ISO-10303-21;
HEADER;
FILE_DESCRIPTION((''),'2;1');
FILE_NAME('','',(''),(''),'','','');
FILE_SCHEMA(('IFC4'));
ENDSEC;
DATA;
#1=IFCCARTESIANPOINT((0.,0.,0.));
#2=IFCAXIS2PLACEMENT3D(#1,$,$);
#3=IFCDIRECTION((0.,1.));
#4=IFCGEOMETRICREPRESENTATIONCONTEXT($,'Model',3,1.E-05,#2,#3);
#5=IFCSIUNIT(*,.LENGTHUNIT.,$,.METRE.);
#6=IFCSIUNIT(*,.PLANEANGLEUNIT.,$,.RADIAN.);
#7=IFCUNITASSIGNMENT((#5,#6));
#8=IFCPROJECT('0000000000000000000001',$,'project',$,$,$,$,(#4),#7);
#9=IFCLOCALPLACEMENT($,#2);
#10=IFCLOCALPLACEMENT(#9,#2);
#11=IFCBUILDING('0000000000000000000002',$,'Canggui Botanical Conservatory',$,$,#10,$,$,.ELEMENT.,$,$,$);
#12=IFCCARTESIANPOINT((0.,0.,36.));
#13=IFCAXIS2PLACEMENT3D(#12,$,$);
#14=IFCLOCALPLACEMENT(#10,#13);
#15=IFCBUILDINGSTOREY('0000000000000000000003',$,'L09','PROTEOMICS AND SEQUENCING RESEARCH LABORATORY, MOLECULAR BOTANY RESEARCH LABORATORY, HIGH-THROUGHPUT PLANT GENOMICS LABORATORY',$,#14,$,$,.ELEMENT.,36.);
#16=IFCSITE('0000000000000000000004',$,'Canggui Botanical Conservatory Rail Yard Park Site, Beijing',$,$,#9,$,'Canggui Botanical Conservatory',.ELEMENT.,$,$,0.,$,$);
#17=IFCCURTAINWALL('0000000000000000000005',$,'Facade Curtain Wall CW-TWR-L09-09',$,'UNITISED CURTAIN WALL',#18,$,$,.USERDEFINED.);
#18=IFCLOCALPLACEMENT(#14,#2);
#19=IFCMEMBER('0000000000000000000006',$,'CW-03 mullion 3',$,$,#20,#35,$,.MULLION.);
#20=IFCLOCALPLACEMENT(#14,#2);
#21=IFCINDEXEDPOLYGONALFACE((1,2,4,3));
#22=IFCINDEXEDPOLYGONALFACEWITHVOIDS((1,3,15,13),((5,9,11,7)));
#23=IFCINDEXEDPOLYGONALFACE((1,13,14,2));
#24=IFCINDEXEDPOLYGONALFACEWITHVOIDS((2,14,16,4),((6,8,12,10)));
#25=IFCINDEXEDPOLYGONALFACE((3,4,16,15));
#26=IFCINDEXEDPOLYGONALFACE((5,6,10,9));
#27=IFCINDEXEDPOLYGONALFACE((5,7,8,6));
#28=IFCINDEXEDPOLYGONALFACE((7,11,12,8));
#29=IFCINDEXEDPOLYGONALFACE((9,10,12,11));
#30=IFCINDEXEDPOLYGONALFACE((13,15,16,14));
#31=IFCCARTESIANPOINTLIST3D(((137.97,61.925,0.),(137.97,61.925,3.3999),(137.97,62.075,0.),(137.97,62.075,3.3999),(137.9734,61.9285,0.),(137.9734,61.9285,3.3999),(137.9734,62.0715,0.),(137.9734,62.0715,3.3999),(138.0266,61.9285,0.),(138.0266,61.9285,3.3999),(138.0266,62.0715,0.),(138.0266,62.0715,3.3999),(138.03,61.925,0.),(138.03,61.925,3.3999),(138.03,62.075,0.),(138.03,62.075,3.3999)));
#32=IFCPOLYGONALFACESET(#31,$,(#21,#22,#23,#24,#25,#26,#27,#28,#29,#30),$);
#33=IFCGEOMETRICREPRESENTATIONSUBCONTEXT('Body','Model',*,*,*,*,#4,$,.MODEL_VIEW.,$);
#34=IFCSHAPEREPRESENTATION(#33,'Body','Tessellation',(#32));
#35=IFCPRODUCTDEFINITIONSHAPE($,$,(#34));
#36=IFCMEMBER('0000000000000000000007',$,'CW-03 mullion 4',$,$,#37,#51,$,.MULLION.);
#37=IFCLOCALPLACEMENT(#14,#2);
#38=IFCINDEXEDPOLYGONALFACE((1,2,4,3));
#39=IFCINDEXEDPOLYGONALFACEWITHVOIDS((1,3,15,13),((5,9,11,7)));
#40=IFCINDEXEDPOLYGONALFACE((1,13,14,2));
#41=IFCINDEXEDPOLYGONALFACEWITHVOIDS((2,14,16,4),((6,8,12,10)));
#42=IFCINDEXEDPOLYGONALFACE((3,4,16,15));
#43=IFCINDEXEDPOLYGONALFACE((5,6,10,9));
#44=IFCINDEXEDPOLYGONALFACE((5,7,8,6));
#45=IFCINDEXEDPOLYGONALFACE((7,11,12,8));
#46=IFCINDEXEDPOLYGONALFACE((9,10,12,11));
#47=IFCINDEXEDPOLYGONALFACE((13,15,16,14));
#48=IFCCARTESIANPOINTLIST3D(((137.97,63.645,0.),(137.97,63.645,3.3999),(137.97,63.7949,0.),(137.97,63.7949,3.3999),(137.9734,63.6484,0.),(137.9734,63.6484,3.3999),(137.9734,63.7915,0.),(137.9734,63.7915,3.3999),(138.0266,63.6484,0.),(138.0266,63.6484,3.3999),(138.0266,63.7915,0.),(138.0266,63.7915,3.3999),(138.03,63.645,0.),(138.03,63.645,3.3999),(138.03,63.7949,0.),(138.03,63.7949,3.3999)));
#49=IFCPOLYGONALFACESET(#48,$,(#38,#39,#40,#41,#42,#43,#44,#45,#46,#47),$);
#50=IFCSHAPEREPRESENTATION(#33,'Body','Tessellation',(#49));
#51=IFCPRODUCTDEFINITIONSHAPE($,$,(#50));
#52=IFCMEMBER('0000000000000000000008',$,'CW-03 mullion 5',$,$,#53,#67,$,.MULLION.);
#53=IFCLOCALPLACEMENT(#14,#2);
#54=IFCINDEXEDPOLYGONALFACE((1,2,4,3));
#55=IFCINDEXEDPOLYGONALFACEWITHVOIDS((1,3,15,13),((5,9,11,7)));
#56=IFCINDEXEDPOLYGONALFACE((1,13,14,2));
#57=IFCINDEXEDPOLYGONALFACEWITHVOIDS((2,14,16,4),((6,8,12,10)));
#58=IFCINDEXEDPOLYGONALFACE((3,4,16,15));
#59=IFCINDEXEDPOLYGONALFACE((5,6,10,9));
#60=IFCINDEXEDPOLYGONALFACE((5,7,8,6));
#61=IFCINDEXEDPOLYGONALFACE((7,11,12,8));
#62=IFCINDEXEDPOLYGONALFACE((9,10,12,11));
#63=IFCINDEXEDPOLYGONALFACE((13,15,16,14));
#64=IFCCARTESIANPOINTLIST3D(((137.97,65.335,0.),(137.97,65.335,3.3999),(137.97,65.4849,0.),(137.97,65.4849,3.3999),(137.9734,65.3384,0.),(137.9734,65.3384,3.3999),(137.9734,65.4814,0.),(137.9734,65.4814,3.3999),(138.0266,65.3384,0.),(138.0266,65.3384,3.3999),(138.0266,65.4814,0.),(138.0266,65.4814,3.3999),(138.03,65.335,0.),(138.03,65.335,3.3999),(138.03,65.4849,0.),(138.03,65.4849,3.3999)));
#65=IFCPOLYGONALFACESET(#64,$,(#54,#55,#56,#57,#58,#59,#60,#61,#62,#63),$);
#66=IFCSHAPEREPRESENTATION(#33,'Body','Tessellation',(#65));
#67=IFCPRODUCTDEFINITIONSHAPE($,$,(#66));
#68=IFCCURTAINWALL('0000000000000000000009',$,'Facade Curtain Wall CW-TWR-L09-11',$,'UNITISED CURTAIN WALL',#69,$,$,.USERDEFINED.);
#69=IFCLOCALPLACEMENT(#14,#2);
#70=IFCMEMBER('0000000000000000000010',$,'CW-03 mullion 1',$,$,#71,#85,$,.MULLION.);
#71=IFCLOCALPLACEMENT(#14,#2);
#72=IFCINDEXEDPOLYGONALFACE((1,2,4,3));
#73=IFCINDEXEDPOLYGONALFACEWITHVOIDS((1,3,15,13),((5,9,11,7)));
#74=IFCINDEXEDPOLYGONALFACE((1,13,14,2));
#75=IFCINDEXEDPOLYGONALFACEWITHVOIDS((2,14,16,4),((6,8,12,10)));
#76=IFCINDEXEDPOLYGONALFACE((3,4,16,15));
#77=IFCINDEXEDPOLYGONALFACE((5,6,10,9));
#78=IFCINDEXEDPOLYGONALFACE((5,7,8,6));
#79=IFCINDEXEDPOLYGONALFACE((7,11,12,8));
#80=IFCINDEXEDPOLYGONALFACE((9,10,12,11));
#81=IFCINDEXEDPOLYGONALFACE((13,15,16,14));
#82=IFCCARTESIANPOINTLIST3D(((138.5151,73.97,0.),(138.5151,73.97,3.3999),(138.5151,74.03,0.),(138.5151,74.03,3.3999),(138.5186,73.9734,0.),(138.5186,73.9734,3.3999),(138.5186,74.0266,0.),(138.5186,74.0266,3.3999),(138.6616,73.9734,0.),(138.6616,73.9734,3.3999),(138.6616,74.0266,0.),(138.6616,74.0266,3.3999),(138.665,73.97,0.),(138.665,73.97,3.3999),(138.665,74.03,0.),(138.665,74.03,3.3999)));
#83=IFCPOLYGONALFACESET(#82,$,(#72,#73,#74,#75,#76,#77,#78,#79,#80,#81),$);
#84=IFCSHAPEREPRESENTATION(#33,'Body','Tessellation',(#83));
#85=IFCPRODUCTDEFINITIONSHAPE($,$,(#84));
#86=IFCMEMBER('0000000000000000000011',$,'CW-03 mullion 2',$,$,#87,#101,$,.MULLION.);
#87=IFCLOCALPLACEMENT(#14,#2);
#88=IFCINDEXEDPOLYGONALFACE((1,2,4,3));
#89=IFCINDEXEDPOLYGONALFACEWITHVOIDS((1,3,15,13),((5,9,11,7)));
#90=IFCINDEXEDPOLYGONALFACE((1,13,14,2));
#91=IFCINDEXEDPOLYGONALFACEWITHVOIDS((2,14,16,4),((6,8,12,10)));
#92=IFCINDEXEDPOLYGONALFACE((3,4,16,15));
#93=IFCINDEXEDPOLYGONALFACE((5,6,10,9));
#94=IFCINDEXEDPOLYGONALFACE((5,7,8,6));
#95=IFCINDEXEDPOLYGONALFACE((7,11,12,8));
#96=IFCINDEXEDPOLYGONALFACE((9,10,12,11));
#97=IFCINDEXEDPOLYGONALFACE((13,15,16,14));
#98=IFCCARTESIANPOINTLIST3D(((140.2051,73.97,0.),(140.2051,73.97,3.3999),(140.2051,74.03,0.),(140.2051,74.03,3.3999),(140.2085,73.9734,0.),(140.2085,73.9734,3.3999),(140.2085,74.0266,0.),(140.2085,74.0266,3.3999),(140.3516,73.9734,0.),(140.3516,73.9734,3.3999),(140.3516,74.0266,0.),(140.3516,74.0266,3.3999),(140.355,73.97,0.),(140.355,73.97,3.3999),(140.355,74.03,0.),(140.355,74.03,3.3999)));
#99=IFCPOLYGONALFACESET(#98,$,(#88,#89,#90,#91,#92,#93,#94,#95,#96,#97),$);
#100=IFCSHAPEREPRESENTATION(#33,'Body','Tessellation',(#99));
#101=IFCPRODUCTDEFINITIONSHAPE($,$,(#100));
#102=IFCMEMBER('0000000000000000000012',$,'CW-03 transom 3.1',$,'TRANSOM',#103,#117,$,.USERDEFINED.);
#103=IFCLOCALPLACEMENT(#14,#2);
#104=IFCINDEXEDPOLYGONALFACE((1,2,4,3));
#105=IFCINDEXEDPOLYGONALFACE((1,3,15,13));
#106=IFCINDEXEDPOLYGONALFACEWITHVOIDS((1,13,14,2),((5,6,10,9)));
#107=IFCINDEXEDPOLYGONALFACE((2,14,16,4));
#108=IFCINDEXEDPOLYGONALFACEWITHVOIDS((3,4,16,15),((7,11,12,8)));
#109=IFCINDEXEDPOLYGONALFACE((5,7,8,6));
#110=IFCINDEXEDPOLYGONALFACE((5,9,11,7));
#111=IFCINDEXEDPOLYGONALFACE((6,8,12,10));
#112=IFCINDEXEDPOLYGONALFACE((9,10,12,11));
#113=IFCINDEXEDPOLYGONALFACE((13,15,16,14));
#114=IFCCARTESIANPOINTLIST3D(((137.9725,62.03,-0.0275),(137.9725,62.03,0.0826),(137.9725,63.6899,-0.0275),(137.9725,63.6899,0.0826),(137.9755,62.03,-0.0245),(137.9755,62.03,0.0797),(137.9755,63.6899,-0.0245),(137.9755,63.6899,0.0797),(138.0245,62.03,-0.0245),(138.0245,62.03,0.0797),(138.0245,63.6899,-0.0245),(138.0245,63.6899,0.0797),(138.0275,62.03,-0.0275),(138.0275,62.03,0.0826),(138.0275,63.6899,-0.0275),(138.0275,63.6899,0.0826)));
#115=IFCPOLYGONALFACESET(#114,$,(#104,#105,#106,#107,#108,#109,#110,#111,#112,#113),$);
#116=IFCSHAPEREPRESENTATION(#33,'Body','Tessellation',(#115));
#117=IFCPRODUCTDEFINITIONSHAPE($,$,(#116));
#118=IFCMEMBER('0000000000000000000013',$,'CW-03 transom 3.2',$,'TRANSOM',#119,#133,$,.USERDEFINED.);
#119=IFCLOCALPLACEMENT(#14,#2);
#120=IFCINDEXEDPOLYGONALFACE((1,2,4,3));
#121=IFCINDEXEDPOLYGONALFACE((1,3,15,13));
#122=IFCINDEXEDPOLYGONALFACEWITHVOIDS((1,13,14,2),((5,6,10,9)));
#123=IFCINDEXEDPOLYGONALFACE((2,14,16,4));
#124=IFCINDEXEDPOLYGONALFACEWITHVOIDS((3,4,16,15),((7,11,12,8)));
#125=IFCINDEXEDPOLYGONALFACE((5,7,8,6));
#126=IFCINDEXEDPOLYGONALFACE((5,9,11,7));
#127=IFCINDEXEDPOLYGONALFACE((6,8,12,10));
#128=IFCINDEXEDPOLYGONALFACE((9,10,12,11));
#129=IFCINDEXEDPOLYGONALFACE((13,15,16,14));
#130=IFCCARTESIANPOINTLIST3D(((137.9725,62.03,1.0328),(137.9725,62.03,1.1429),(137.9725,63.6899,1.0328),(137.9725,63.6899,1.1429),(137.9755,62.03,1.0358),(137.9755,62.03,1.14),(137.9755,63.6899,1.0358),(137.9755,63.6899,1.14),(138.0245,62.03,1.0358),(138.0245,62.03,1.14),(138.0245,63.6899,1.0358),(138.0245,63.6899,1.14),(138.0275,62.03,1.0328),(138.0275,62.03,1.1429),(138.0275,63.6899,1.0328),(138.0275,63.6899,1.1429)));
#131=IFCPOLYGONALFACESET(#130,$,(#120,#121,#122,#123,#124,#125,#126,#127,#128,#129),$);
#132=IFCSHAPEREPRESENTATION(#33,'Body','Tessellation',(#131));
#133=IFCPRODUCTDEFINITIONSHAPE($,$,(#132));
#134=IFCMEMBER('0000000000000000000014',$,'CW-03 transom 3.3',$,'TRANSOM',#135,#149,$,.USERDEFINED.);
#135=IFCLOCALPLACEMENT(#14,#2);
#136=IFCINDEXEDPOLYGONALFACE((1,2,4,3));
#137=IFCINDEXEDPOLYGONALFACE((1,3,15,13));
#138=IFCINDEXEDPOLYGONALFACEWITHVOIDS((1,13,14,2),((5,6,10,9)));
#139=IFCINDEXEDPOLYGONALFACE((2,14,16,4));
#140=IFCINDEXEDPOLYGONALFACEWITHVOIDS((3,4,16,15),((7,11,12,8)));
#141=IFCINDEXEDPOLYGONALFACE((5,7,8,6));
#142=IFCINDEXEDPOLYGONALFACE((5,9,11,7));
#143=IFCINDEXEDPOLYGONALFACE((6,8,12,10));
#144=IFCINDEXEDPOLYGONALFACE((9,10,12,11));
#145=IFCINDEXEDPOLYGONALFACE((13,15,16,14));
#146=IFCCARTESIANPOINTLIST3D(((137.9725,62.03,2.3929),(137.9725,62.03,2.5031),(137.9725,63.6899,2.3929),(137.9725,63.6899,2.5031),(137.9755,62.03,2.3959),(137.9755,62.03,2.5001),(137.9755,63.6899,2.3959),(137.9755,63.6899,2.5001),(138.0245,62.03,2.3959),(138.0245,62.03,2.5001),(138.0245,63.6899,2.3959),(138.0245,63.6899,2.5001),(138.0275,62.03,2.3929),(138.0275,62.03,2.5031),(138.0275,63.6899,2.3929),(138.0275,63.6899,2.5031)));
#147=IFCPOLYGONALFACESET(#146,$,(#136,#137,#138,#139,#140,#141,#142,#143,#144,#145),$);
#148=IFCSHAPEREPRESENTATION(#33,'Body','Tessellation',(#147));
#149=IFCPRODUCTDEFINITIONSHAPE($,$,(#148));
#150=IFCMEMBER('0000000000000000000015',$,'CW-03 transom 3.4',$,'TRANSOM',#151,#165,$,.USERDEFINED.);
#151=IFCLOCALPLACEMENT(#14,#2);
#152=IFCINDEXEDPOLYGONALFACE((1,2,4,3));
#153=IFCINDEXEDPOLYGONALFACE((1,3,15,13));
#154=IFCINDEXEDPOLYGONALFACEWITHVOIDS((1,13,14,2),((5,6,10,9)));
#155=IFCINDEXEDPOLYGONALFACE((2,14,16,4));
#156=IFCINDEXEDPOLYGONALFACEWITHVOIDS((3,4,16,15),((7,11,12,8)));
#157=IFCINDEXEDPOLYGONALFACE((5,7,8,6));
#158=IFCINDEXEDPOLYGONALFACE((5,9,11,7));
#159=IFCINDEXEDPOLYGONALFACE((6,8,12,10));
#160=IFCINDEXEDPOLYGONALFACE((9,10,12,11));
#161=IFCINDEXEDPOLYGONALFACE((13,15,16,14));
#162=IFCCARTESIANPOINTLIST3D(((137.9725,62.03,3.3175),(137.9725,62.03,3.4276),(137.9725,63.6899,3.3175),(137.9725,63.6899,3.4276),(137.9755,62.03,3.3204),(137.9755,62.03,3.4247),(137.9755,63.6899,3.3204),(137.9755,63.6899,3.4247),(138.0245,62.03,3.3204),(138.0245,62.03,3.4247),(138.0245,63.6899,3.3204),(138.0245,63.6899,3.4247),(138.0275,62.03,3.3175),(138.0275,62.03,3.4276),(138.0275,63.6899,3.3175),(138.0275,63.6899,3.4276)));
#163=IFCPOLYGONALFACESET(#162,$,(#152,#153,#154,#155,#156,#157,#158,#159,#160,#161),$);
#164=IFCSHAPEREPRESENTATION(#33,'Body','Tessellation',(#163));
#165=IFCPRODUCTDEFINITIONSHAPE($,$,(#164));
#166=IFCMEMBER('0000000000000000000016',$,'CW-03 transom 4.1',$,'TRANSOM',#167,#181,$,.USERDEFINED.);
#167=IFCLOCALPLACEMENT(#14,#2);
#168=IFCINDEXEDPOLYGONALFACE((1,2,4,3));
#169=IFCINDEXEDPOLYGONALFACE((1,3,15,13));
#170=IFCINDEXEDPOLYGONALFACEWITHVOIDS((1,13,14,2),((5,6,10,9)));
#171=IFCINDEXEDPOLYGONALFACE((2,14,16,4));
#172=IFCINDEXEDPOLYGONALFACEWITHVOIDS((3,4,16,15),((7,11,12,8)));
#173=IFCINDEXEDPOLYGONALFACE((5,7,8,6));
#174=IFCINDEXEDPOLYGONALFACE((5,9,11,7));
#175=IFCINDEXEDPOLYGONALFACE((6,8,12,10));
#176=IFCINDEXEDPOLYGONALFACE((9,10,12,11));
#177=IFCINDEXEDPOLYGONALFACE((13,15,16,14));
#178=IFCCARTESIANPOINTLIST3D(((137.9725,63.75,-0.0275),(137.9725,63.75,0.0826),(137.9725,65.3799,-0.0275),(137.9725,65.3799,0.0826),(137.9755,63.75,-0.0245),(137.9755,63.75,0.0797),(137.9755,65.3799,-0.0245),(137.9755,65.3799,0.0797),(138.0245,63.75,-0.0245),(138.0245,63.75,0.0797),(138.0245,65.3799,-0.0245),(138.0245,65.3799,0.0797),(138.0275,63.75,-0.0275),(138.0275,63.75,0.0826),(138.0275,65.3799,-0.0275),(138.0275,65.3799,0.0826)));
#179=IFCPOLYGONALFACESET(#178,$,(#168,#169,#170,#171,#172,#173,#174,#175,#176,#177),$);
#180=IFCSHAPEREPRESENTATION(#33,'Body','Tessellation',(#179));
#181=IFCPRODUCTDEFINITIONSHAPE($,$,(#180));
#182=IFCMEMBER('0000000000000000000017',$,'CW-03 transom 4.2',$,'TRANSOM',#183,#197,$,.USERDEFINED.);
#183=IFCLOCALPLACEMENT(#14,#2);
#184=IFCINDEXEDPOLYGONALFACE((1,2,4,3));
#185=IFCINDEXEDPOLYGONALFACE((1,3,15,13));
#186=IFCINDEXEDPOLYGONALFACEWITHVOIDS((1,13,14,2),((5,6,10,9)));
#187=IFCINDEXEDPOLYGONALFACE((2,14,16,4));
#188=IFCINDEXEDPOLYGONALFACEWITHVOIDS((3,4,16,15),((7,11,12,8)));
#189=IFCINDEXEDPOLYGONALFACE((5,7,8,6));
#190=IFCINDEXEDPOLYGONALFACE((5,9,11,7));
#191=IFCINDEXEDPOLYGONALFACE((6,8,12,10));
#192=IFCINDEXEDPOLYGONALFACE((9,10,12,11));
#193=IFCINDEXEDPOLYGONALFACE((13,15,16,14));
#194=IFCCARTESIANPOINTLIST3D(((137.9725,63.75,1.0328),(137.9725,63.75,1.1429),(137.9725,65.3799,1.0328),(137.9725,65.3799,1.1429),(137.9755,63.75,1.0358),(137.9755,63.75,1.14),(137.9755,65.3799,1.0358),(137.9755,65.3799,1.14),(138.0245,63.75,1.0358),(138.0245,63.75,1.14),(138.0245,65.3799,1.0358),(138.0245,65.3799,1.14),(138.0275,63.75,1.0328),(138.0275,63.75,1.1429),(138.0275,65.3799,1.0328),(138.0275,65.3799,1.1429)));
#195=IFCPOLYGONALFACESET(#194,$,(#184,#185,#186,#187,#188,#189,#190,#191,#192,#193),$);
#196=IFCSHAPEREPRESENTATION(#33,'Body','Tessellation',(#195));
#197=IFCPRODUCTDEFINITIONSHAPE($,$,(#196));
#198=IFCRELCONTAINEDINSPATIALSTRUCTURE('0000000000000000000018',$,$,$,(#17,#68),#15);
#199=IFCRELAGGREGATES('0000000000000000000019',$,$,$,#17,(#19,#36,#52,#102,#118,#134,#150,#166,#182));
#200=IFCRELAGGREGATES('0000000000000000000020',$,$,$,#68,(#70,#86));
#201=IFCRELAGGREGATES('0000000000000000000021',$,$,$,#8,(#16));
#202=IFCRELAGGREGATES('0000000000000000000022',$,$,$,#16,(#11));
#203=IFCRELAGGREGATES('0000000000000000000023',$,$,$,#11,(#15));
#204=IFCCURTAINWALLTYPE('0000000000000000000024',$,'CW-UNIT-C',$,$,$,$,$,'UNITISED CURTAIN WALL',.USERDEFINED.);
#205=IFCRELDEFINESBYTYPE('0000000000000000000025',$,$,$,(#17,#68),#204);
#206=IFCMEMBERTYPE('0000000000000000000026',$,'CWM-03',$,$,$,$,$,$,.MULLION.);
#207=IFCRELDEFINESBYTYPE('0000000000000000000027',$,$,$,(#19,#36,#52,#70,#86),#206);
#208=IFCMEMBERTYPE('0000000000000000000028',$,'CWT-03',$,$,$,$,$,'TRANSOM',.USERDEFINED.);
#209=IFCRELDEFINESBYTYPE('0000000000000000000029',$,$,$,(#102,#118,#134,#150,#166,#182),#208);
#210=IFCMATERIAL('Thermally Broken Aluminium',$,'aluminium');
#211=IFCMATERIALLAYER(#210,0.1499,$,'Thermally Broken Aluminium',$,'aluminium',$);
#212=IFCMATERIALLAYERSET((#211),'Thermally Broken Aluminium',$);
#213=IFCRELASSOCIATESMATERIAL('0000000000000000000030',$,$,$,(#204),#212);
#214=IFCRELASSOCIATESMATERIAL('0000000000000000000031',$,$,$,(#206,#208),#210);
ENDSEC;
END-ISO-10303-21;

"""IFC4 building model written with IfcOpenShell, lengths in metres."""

from ifc_helpers import new_model, si_unit, direction, frame, origin, origin_2d, place, context, subcontext, project, spatial, hollow_rectangle, extrude, material, layer, layer_set, material_profile, profile_set, type_object, element, aggregate, save


model = new_model("IFC4")

# Units and contexts
model_context = context("Model", 3, precision=1e-05, world=origin(), true_north=direction((0.0, 1.0)))
body_context = subcontext(model_context, "Body", "Model", "MODEL_VIEW")
ifc_project = project(units=[si_unit("LENGTHUNIT", "METRE"), si_unit("PLANEANGLEUNIT", "RADIAN")], contexts=[model_context])

# Site, building, storey
site_placement = place(None, origin())
site = spatial("IfcSite", under=ifc_project, at=site_placement, Name="Canggui Botanical Conservatory Rail Yard Park Site, Beijing", LongName="Canggui Botanical Conservatory", CompositionType="ELEMENT", RefElevation=0.0)
building_placement = place(site_placement, origin())
building = spatial("IfcBuilding", under=site, at=building_placement, Name="Canggui Botanical Conservatory", CompositionType="ELEMENT")
storey_placement = place(building_placement, frame((0.0, 0.0, 36.0)))
storey = spatial("IfcBuildingStorey", under=building, at=storey_placement, Name="L09", Description="PROTEOMICS AND SEQUENCING RESEARCH LABORATORY, MOLECULAR BOTANY RESEARCH LABORATORY, HIGH-THROUGHPUT PLANT GENOMICS LABORATORY", CompositionType="ELEMENT", Elevation=36.0)

# Curtain walls, members
ifc_material_1 = material(Name="Thermally Broken Aluminium", Category="aluminium")
ifc_layer_1 = layer(ifc_material_1, 0.1499, Name="Thermally Broken Aluminium", Category="aluminium")
ifc_layer_set_1 = layer_set([ifc_layer_1], Name="Thermally Broken Aluminium")
curtain_wall_type = type_object("IfcCurtainWallType", Name="CW-UNIT-C", ElementType="UNITISED CURTAIN WALL", PredefinedType="USERDEFINED", material=ifc_layer_set_1)
curtain_wall_1_placement = place(storey_placement, origin())
curtain_wall_1 = element("IfcCurtainWall", 1, at=curtain_wall_1_placement, inside=storey, type_object=curtain_wall_type, Name="Facade Curtain Wall CW-TWR-L09-09", ObjectType="UNITISED CURTAIN WALL", PredefinedType="USERDEFINED")
ifc_material_profile_1 = material_profile(ifc_material_1, hollow_rectangle(XDim=0.0601, YDim=0.1499, WallThickness=0.0034, at=origin_2d()), Name="CWM 60x150x3.5")
ifc_profile_set_1 = profile_set([ifc_material_profile_1], Name="Thermally Broken Aluminium")
member_type_1 = type_object("IfcMemberType", Name="CWM-03", PredefinedType="MULLION", material=ifc_profile_set_1)
member_1_placement = place(storey_placement, frame((138.0, 62.0, 0.0), z_axis=(0.0, 0.0, 1.0), x_axis=(-1.0, 0.0, 0.0)))
member_1 = element("IfcMember", 2, at=member_1_placement, type_object=member_type_1, Name="CW-03 mullion 3", PredefinedType="MULLION", context=body_context, shape_type="SweptSolid", body=[
    extrude(hollow_rectangle(XDim=0.0601, YDim=0.1499, WallThickness=0.0034, at=origin_2d()), origin(), (0.0, 0.0, 1.0), 3.3999),
])
member_2_placement = place(storey_placement, frame((138.0, 63.72, 0.0), z_axis=(0.0, 0.0, 1.0), x_axis=(-1.0, 0.0, 0.0)))
member_2 = element("IfcMember", 3, at=member_2_placement, type_object=member_type_1, Name="CW-03 mullion 4", PredefinedType="MULLION", context=body_context, shape_type="SweptSolid", body=[
    extrude(hollow_rectangle(XDim=0.0601, YDim=0.1499, WallThickness=0.0034, at=origin_2d()), origin(), (0.0, 0.0, 1.0), 3.3999),
])
member_3_placement = place(storey_placement, frame((138.0, 65.4099, 0.0), z_axis=(0.0, 0.0, 1.0), x_axis=(-1.0, 0.0, 0.0)))
member_3 = element("IfcMember", 4, at=member_3_placement, type_object=member_type_1, Name="CW-03 mullion 5", PredefinedType="MULLION", context=body_context, shape_type="SweptSolid", body=[
    extrude(hollow_rectangle(XDim=0.0601, YDim=0.1499, WallThickness=0.0034, at=origin_2d()), origin(), (0.0, 0.0, 1.0), 3.3999),
])
curtain_wall_2_placement = place(storey_placement, origin())
curtain_wall_2 = element("IfcCurtainWall", 5, at=curtain_wall_2_placement, inside=storey, type_object=curtain_wall_type, Name="Facade Curtain Wall CW-TWR-L09-11", ObjectType="UNITISED CURTAIN WALL", PredefinedType="USERDEFINED")
member_4_placement = place(storey_placement, frame((138.5901, 74.0, 0.0), z_axis=(0.0, 0.0, 1.0), x_axis=(0.0, 1.0, 0.0)))
member_4 = element("IfcMember", 6, at=member_4_placement, type_object=member_type_1, Name="CW-03 mullion 1", PredefinedType="MULLION", context=body_context, shape_type="SweptSolid", body=[
    extrude(hollow_rectangle(XDim=0.0601, YDim=0.1499, WallThickness=0.0034, at=origin_2d()), origin(), (0.0, 0.0, 1.0), 3.3999),
])
member_5_placement = place(storey_placement, frame((140.28, 74.0, 0.0), z_axis=(0.0, 0.0, 1.0), x_axis=(0.0, 1.0, 0.0)))
member_5 = element("IfcMember", 7, at=member_5_placement, type_object=member_type_1, Name="CW-03 mullion 2", PredefinedType="MULLION", context=body_context, shape_type="SweptSolid", body=[
    extrude(hollow_rectangle(XDim=0.0601, YDim=0.1499, WallThickness=0.0034, at=origin_2d()), origin(), (0.0, 0.0, 1.0), 3.3999),
])

# Members
ifc_material_profile_2 = material_profile(ifc_material_1, hollow_rectangle(XDim=0.0549, YDim=0.1101, WallThickness=0.0029, at=origin_2d()), Name="CWT 55x110x3")
ifc_profile_set_2 = profile_set([ifc_material_profile_2], Name="Thermally Broken Aluminium")
member_type_2 = type_object("IfcMemberType", Name="CWT-03", ElementType="TRANSOM", PredefinedType="USERDEFINED", material=ifc_profile_set_2)
member_6_placement = place(storey_placement, frame((138.0, 62.03, 0.0276), z_axis=(0.0, 1.0, 0.0), x_axis=(-1.0, 0.0, 0.0)))
member_6 = element("IfcMember", 8, at=member_6_placement, type_object=member_type_2, Name="CW-03 transom 3.1", ObjectType="TRANSOM", PredefinedType="USERDEFINED", context=body_context, shape_type="SweptSolid", body=[
    extrude(hollow_rectangle(XDim=0.0549, YDim=0.1101, WallThickness=0.0029, at=origin_2d()), origin(), (0.0, 0.0, 1.0), 1.6599),
])
member_7_placement = place(storey_placement, frame((138.0, 62.03, 1.0879), z_axis=(0.0, 1.0, 0.0), x_axis=(-1.0, 0.0, 0.0)))
member_7 = element("IfcMember", 9, at=member_7_placement, type_object=member_type_2, Name="CW-03 transom 3.2", ObjectType="TRANSOM", PredefinedType="USERDEFINED", context=body_context, shape_type="SweptSolid", body=[
    extrude(hollow_rectangle(XDim=0.0549, YDim=0.1101, WallThickness=0.0029, at=origin_2d()), origin(), (0.0, 0.0, 1.0), 1.6599),
])
member_8_placement = place(storey_placement, frame((138.0, 62.03, 2.448), z_axis=(0.0, 1.0, 0.0), x_axis=(-1.0, 0.0, 0.0)))
member_8 = element("IfcMember", 10, at=member_8_placement, type_object=member_type_2, Name="CW-03 transom 3.3", ObjectType="TRANSOM", PredefinedType="USERDEFINED", context=body_context, shape_type="SweptSolid", body=[
    extrude(hollow_rectangle(XDim=0.0549, YDim=0.1101, WallThickness=0.0029, at=origin_2d()), origin(), (0.0, 0.0, 1.0), 1.6599),
])
member_9_placement = place(storey_placement, frame((138.0, 62.03, 3.3726), z_axis=(0.0, 1.0, 0.0), x_axis=(-1.0, 0.0, 0.0)))
member_9 = element("IfcMember", 11, at=member_9_placement, type_object=member_type_2, Name="CW-03 transom 3.4", ObjectType="TRANSOM", PredefinedType="USERDEFINED", context=body_context, shape_type="SweptSolid", body=[
    extrude(hollow_rectangle(XDim=0.0549, YDim=0.1101, WallThickness=0.0029, at=origin_2d()), origin(), (0.0, 0.0, 1.0), 1.6599),
])
member_10_placement = place(storey_placement, frame((138.0, 63.75, 0.0276), z_axis=(0.0, 1.0, 0.0), x_axis=(-1.0, 0.0, 0.0)))
member_10 = element("IfcMember", 12, at=member_10_placement, type_object=member_type_2, Name="CW-03 transom 4.1", ObjectType="TRANSOM", PredefinedType="USERDEFINED", context=body_context, shape_type="SweptSolid", body=[
    extrude(hollow_rectangle(XDim=0.0549, YDim=0.1101, WallThickness=0.0029, at=origin_2d()), origin(), (0.0, 0.0, 1.0), 1.6299),
])
member_11_placement = place(storey_placement, frame((138.0, 63.75, 1.0879), z_axis=(0.0, 1.0, 0.0), x_axis=(-1.0, 0.0, 0.0)))
member_11 = element("IfcMember", 13, at=member_11_placement, type_object=member_type_2, Name="CW-03 transom 4.2", ObjectType="TRANSOM", PredefinedType="USERDEFINED", context=body_context, shape_type="SweptSolid", body=[
    extrude(hollow_rectangle(XDim=0.0549, YDim=0.1101, WallThickness=0.0029, at=origin_2d()), origin(), (0.0, 0.0, 1.0), 1.6299),
])

aggregate(curtain_wall_1, [member_1, member_2, member_3, member_6, member_7, member_8, member_9, member_10, member_11])
aggregate(curtain_wall_2, [member_4, member_5])

save(model, "model.ifc")
